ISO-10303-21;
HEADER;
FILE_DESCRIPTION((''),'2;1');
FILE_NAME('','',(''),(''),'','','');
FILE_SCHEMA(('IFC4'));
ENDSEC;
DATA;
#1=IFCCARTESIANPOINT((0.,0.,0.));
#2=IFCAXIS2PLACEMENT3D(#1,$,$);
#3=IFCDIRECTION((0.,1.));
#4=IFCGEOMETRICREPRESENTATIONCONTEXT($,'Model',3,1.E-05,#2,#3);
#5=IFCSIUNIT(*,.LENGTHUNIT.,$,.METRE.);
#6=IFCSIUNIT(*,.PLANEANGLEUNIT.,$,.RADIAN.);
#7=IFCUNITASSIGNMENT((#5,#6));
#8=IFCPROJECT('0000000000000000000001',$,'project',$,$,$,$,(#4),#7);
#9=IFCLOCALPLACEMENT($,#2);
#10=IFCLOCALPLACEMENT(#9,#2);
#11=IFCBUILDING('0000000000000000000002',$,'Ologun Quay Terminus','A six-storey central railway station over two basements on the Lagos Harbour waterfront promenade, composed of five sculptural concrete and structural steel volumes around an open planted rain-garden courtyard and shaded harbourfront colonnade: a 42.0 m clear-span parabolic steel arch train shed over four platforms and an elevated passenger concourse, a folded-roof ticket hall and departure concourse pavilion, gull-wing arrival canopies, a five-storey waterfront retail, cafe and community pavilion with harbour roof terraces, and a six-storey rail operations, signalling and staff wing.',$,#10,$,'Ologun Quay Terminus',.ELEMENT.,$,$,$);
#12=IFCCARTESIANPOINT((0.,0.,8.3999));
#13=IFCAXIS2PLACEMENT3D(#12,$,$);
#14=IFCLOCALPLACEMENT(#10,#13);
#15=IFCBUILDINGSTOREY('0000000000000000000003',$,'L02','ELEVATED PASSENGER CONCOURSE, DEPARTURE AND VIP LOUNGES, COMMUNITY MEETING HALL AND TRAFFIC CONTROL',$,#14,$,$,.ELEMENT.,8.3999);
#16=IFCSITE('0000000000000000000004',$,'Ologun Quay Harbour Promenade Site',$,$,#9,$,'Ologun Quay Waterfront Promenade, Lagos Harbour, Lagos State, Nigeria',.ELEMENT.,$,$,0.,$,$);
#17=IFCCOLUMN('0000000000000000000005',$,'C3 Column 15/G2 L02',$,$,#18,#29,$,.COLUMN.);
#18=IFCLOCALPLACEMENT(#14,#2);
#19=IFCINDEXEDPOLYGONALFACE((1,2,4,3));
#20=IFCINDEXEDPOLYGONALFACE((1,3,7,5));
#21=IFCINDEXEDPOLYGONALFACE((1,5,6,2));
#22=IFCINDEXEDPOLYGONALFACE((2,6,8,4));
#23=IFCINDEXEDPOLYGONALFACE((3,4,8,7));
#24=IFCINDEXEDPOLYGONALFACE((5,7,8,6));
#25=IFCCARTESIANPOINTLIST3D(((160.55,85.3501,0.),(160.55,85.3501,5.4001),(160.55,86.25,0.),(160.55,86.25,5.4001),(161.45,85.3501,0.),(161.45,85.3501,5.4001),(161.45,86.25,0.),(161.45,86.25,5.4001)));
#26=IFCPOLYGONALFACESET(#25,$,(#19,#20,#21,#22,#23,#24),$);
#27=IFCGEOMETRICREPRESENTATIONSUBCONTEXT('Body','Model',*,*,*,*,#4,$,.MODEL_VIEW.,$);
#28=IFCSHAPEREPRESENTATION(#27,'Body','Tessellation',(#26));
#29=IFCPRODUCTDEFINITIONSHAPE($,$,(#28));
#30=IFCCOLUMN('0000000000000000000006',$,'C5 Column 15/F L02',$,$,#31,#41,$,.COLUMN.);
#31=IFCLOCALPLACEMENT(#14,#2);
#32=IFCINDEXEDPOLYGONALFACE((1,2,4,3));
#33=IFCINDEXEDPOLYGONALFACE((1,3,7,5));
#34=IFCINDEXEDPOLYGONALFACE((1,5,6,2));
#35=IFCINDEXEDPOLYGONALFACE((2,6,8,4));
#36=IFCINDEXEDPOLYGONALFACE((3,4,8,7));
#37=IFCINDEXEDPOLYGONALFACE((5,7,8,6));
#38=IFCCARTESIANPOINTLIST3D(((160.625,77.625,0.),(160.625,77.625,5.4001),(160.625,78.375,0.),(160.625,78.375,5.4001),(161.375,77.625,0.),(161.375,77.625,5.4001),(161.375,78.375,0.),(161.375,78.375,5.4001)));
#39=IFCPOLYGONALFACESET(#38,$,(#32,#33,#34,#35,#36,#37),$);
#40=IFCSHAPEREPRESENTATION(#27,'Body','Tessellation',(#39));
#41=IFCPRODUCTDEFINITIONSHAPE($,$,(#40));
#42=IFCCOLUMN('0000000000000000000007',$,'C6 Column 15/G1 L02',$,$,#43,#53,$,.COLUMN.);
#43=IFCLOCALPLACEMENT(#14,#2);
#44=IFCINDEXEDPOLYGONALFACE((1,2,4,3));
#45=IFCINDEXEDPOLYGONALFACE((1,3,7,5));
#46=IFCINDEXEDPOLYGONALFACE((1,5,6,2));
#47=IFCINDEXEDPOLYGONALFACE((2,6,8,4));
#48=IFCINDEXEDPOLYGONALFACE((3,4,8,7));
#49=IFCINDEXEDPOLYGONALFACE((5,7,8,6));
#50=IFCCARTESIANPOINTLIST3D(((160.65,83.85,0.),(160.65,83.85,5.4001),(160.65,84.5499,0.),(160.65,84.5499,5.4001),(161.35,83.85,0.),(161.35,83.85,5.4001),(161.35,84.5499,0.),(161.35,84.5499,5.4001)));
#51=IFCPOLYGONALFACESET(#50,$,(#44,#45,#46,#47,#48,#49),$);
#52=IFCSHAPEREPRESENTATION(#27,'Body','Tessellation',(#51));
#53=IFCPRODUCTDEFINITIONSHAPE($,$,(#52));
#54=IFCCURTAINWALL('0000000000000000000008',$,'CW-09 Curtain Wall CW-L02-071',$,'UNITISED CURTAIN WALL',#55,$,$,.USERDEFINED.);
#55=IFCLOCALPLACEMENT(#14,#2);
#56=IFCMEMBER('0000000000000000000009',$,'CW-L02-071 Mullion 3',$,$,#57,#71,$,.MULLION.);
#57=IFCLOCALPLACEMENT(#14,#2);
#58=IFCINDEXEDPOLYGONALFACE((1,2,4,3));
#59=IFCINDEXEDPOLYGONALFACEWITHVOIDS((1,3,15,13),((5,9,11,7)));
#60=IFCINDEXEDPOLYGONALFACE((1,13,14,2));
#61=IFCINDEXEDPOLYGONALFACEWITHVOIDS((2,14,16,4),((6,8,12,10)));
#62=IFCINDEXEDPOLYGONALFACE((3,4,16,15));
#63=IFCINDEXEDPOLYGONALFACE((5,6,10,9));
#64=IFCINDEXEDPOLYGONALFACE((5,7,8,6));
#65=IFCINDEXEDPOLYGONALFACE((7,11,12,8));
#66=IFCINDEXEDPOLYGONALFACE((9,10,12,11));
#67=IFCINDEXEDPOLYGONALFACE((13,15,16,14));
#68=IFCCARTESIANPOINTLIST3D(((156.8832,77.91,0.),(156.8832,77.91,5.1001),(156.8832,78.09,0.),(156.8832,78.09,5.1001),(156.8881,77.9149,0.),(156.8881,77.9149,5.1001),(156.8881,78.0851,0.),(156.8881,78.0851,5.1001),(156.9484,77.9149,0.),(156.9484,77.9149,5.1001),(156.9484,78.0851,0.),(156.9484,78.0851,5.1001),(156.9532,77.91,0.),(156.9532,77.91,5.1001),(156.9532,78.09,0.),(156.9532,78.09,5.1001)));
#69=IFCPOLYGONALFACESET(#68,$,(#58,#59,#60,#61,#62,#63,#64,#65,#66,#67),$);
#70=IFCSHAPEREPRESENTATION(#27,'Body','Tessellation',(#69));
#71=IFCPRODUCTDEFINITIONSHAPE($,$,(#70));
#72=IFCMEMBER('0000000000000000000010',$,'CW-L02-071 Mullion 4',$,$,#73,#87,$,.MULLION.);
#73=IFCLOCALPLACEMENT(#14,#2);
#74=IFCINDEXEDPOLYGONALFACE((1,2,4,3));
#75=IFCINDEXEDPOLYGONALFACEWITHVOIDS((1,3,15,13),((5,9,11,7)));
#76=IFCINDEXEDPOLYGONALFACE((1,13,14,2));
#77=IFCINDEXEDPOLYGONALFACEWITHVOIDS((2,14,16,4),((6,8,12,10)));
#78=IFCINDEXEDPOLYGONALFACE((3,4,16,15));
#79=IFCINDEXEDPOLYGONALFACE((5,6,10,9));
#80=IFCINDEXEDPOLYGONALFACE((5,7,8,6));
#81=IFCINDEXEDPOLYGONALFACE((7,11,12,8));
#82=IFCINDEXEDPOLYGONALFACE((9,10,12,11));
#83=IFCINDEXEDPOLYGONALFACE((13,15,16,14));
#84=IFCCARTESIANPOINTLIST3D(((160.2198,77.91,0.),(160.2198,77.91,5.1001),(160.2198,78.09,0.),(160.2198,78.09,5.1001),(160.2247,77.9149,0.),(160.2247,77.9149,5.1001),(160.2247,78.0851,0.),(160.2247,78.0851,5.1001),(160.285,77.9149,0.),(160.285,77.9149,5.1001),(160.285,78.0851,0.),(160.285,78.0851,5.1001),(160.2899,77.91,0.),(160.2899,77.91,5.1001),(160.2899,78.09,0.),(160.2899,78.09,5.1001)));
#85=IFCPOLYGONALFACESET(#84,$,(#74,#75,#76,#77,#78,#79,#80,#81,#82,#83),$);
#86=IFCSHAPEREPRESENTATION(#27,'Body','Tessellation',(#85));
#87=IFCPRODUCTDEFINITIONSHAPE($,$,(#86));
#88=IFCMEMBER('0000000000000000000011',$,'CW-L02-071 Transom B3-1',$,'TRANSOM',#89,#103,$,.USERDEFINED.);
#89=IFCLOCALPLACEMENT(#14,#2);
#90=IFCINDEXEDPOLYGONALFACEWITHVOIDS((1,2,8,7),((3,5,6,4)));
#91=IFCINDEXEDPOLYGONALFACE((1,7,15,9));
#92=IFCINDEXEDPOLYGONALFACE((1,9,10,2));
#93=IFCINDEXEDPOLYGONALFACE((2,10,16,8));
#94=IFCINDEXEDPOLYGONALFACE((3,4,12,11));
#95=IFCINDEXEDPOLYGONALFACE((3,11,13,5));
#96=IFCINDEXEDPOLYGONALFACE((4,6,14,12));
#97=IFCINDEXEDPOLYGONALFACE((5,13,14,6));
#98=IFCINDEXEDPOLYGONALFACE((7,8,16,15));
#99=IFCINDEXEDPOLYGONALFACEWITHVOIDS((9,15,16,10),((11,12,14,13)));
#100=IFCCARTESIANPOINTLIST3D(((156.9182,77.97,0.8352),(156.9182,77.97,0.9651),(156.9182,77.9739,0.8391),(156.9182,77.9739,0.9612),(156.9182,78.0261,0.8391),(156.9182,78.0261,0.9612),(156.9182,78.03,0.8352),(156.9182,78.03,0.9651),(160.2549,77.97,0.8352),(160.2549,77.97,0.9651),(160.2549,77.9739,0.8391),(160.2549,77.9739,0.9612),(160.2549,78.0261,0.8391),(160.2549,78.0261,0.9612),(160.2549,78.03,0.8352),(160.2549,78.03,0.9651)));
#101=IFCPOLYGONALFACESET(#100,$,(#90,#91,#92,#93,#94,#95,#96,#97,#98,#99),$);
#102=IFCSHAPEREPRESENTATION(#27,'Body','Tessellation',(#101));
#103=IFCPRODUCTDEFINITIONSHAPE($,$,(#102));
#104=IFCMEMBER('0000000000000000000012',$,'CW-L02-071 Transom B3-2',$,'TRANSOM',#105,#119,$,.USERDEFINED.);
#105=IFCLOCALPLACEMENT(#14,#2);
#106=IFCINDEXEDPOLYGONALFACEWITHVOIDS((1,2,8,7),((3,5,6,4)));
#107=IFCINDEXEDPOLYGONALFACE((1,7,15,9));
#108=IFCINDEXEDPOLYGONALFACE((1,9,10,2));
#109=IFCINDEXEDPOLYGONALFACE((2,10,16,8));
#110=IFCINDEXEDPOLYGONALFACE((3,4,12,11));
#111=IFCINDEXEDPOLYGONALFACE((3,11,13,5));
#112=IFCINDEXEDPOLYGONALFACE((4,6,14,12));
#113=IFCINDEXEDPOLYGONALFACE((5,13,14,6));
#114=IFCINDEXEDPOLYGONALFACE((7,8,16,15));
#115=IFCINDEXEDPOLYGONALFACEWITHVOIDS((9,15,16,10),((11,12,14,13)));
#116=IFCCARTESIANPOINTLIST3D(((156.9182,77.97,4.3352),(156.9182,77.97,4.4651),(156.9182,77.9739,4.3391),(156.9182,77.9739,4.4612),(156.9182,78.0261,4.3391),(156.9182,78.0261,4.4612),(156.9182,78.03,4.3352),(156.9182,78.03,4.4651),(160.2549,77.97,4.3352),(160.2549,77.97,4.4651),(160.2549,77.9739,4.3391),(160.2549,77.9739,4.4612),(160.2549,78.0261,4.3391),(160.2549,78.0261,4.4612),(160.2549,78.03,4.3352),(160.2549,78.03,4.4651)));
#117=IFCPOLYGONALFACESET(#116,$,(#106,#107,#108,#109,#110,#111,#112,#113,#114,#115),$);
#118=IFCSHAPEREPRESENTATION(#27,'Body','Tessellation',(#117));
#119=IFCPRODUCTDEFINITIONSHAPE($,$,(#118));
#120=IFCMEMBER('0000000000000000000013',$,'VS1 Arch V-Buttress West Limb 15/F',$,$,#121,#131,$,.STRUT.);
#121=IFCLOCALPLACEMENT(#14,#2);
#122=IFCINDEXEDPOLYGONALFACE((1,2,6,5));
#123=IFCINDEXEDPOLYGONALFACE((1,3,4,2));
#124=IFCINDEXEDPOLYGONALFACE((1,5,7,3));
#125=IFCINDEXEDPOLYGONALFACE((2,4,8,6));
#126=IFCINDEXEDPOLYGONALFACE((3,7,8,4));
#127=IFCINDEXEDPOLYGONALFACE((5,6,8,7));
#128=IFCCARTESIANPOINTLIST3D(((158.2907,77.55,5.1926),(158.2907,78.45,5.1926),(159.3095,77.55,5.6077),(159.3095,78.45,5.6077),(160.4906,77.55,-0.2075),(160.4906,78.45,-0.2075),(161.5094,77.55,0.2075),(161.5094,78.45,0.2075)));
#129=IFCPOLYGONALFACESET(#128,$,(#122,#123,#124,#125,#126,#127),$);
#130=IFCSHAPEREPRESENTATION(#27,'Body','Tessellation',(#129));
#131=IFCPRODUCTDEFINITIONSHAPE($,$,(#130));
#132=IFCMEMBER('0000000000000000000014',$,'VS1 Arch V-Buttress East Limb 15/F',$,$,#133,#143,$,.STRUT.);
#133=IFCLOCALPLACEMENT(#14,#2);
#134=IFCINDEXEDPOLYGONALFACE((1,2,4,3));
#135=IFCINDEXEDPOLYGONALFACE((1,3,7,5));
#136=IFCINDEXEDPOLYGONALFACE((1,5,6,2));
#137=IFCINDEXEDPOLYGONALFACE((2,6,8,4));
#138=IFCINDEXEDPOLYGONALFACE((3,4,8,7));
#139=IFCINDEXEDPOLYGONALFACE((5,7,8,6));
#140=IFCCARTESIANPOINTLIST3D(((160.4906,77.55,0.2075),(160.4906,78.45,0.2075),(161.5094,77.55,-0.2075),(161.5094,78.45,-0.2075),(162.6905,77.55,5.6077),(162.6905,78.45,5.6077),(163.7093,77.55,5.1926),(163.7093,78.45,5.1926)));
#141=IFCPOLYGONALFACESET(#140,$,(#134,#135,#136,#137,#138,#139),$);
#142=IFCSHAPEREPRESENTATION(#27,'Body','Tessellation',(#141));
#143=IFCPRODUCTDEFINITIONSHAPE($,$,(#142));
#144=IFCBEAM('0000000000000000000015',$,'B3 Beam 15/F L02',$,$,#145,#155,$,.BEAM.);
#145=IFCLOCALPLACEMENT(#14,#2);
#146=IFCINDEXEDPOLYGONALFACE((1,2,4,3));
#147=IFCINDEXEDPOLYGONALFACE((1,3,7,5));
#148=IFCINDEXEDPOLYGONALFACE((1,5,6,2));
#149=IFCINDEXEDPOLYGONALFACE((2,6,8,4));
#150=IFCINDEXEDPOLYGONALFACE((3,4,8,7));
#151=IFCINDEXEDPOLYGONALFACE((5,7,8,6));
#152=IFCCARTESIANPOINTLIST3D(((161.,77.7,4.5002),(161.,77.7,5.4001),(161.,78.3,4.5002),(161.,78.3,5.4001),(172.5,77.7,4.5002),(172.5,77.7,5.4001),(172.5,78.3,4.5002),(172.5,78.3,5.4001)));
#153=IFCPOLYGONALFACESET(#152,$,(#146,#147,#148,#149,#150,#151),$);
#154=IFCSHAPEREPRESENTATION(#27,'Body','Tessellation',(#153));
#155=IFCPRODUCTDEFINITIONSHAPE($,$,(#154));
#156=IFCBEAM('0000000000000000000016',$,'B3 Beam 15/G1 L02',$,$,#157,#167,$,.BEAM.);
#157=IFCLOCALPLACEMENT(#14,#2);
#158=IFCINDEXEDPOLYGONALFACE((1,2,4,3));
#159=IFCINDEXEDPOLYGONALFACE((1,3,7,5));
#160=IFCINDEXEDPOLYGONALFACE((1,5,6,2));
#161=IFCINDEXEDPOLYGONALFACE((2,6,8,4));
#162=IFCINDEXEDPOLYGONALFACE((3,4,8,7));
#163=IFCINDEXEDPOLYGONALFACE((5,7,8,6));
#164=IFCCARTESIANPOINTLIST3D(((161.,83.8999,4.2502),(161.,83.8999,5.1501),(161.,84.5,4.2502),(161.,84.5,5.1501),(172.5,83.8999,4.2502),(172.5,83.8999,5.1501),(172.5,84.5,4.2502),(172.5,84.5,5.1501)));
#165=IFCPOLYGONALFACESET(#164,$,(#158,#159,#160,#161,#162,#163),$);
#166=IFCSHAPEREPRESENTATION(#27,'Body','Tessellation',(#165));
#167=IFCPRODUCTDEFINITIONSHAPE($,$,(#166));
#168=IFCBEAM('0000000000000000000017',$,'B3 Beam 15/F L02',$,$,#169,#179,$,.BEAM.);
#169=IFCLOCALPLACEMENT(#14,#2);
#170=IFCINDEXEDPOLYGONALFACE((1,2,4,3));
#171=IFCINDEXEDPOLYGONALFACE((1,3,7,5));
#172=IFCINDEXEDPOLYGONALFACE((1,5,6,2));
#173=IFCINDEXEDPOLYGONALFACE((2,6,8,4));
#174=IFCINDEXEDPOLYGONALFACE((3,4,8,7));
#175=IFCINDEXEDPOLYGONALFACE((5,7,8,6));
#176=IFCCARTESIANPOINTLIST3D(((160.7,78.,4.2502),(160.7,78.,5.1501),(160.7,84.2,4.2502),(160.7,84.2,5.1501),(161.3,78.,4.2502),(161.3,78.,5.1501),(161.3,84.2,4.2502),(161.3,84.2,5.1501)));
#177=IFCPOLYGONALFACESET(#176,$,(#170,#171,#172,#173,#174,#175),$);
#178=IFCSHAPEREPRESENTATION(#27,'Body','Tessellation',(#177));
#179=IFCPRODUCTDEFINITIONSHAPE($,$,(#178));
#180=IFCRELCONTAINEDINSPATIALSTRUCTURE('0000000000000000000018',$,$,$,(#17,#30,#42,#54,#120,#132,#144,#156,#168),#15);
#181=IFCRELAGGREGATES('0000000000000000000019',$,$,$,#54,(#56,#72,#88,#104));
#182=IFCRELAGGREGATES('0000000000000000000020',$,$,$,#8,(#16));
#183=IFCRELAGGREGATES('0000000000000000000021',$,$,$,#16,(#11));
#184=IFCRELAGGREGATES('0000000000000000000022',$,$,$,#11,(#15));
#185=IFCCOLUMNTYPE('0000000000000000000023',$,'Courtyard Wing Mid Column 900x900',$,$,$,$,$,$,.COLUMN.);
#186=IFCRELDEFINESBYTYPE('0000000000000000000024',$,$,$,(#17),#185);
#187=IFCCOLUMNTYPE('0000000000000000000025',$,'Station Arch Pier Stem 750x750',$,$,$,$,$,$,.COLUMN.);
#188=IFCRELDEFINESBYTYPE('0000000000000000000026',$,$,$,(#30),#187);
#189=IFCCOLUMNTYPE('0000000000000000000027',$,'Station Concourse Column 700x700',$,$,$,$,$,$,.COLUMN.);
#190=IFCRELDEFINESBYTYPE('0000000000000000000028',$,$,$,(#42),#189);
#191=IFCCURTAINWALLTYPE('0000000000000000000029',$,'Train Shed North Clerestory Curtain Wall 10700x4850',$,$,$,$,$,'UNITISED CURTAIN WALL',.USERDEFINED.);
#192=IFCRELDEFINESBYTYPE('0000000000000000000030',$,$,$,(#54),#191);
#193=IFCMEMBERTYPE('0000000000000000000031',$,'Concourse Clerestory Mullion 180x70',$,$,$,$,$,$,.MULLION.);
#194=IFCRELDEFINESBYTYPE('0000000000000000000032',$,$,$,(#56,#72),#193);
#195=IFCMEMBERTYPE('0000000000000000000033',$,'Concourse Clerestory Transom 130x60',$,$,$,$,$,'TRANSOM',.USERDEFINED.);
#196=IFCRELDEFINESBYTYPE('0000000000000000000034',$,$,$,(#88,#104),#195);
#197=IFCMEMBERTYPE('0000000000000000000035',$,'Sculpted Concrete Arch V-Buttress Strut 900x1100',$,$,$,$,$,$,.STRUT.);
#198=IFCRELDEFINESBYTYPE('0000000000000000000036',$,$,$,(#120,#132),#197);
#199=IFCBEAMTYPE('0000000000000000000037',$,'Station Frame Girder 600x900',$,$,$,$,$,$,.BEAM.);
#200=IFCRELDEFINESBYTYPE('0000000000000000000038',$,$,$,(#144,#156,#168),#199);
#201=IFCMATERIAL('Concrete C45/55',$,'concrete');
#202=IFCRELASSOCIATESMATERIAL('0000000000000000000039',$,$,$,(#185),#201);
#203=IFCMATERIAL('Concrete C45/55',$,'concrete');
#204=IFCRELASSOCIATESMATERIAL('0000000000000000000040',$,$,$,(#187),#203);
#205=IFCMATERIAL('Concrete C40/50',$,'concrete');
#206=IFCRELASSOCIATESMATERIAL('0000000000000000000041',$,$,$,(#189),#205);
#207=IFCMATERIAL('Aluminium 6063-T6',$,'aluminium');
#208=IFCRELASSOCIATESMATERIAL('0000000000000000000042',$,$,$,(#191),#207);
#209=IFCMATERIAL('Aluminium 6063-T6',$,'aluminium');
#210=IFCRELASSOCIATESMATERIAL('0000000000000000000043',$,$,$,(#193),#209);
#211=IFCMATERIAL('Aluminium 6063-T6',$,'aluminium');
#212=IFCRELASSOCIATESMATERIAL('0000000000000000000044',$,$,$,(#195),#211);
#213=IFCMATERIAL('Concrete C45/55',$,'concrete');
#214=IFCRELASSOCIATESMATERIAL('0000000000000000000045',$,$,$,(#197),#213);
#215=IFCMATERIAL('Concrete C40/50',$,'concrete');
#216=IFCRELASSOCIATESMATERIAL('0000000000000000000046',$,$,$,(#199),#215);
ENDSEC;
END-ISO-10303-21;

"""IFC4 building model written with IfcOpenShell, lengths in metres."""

from ifc_helpers import new_model, si_unit, direction, frame, origin, origin_2d, place, context, subcontext, project, spatial, rectangle, hollow_rectangle, extrude, material, material_profile, profile_set, type_object, element, aggregate, save


model = new_model("IFC4")

# Units and contexts
model_context = context("Model", 3, precision=1e-05, world=origin(), true_north=direction((0.0, 1.0)))
body_context = subcontext(model_context, "Body", "Model", "MODEL_VIEW")
ifc_project = project(units=[si_unit("LENGTHUNIT", "METRE"), si_unit("PLANEANGLEUNIT", "RADIAN")], contexts=[model_context])

# Site, building, storey
site_placement = place(None, origin())
site = spatial("IfcSite", under=ifc_project, at=site_placement, Name="Ologun Quay Harbour Promenade Site", LongName="Ologun Quay Waterfront Promenade, Lagos Harbour, Lagos State, Nigeria", CompositionType="ELEMENT", RefElevation=0.0)
building_placement = place(site_placement, origin())
building = spatial("IfcBuilding", under=site, at=building_placement, Name="Ologun Quay Terminus", Description="A six-storey central railway station over two basements on the Lagos Harbour waterfront promenade, composed of five sculptural concrete and structural steel volumes around an open planted rain-garden courtyard and shaded harbourfront colonnade: a 42.0 m clear-span parabolic steel arch train shed over four platforms and an elevated passenger concourse, a folded-roof ticket hall and departure concourse pavilion, gull-wing arrival canopies, a five-storey waterfront retail, cafe and community pavilion with harbour roof terraces, and a six-storey rail operations, signalling and staff wing.", LongName="Ologun Quay Terminus", CompositionType="ELEMENT")
storey_placement = place(building_placement, frame((0.0, 0.0, 8.3999)))
storey = spatial("IfcBuildingStorey", under=building, at=storey_placement, Name="L02", Description="ELEVATED PASSENGER CONCOURSE, DEPARTURE AND VIP LOUNGES, COMMUNITY MEETING HALL AND TRAFFIC CONTROL", CompositionType="ELEMENT", Elevation=8.3999)

# Columns
ifc_material_1 = material(Name="Concrete C45/55", Category="concrete")
ifc_material_profile_1 = material_profile(ifc_material_1, rectangle(XDim=0.8999, YDim=0.8999, at=origin_2d()), Name="RC 900x900")
ifc_profile_set_1 = profile_set([ifc_material_profile_1], Name="Concrete C45/55")
column_type_1 = type_object("IfcColumnType", Name="Courtyard Wing Mid Column 900x900", PredefinedType="COLUMN", material=ifc_profile_set_1)
column_1_placement = place(storey_placement, frame((161.0, 85.8, 0.0), z_axis=(0.0, 0.0, 1.0), x_axis=(1.0, 0.0, 0.0)))
element("IfcColumn", 1, at=column_1_placement, inside=storey, type_object=column_type_1, Name="C3 Column 15/G2 L02", PredefinedType="COLUMN", context=body_context, shape_type="SweptSolid", body=[
    extrude(rectangle(XDim=0.8999, YDim=0.8999, at=origin_2d()), origin(), (0.0, 0.0, 1.0), 5.4001),
])
ifc_material_2 = material(Name="Concrete C45/55", Category="concrete")
ifc_material_profile_2 = material_profile(ifc_material_2, rectangle(XDim=0.75, YDim=0.75, at=origin_2d()), Name="RC 750x750")
ifc_profile_set_2 = profile_set([ifc_material_profile_2], Name="Concrete C45/55")
column_type_2 = type_object("IfcColumnType", Name="Station Arch Pier Stem 750x750", PredefinedType="COLUMN", material=ifc_profile_set_2)
column_2_placement = place(storey_placement, frame((161.0, 78.0, 0.0), z_axis=(0.0, 0.0, 1.0), x_axis=(1.0, 0.0, 0.0)))
element("IfcColumn", 2, at=column_2_placement, inside=storey, type_object=column_type_2, Name="C5 Column 15/F L02", PredefinedType="COLUMN", context=body_context, shape_type="SweptSolid", body=[
    extrude(rectangle(XDim=0.75, YDim=0.75, at=origin_2d()), origin(), (0.0, 0.0, 1.0), 5.4001),
])
ifc_material_3 = material(Name="Concrete C40/50", Category="concrete")
ifc_material_profile_3 = material_profile(ifc_material_3, rectangle(XDim=0.7, YDim=0.7, at=origin_2d()), Name="RC 700x700")
ifc_profile_set_3 = profile_set([ifc_material_profile_3], Name="Concrete C40/50")
column_type_3 = type_object("IfcColumnType", Name="Station Concourse Column 700x700", PredefinedType="COLUMN", material=ifc_profile_set_3)
column_3_placement = place(storey_placement, frame((161.0, 84.2, 0.0), z_axis=(0.0, 0.0, 1.0), x_axis=(1.0, 0.0, 0.0)))
element("IfcColumn", 3, at=column_3_placement, inside=storey, type_object=column_type_3, Name="C6 Column 15/G1 L02", PredefinedType="COLUMN", context=body_context, shape_type="SweptSolid", body=[
    extrude(rectangle(XDim=0.7, YDim=0.7, at=origin_2d()), origin(), (0.0, 0.0, 1.0), 5.4001),
])

# Curtain wall, members
ifc_material_4 = material(Name="Aluminium 6063-T6", Category="aluminium")
curtain_wall_type = type_object("IfcCurtainWallType", Name="Train Shed North Clerestory Curtain Wall 10700x4850", ElementType="UNITISED CURTAIN WALL", PredefinedType="USERDEFINED", material=ifc_material_4)
curtain_wall_placement = place(storey_placement, origin())
curtain_wall = element("IfcCurtainWall", 4, at=curtain_wall_placement, inside=storey, type_object=curtain_wall_type, Name="CW-09 Curtain Wall CW-L02-071", ObjectType="UNITISED CURTAIN WALL", PredefinedType="USERDEFINED")
ifc_material_5 = material(Name="Aluminium 6063-T6", Category="aluminium")
ifc_material_profile_4 = material_profile(ifc_material_5, hollow_rectangle(XDim=0.0701, YDim=0.1799, WallThickness=0.0049, at=origin_2d()), Name="ALU 180x70x5")
ifc_profile_set_4 = profile_set([ifc_material_profile_4], Name="Aluminium 6063-T6")
member_type_1 = type_object("IfcMemberType", Name="Concourse Clerestory Mullion 180x70", PredefinedType="MULLION", material=ifc_profile_set_4)
member_1_placement = place(storey_placement, frame((156.9182, 78.0, 0.0), z_axis=(0.0, 0.0, 1.0), x_axis=(1.0, 0.0, 0.0)))
member_1 = element("IfcMember", 5, at=member_1_placement, type_object=member_type_1, Name="CW-L02-071 Mullion 3", PredefinedType="MULLION", context=body_context, shape_type="SweptSolid", body=[
    extrude(hollow_rectangle(XDim=0.0701, YDim=0.1799, WallThickness=0.0049, at=origin_2d()), origin(), (0.0, 0.0, 1.0), 5.1001),
])
member_2_placement = place(storey_placement, frame((160.2549, 78.0, 0.0), z_axis=(0.0, 0.0, 1.0), x_axis=(1.0, 0.0, 0.0)))
member_2 = element("IfcMember", 6, at=member_2_placement, type_object=member_type_1, Name="CW-L02-071 Mullion 4", PredefinedType="MULLION", context=body_context, shape_type="SweptSolid", body=[
    extrude(hollow_rectangle(XDim=0.0701, YDim=0.1799, WallThickness=0.0049, at=origin_2d()), origin(), (0.0, 0.0, 1.0), 5.1001),
])
ifc_material_6 = material(Name="Aluminium 6063-T6", Category="aluminium")
ifc_material_profile_5 = material_profile(ifc_material_6, hollow_rectangle(XDim=0.0601, YDim=0.1299, WallThickness=0.0039, at=origin_2d()), Name="ALU 130x60x4")
ifc_profile_set_5 = profile_set([ifc_material_profile_5], Name="Aluminium 6063-T6")
member_type_2 = type_object("IfcMemberType", Name="Concourse Clerestory Transom 130x60", ElementType="TRANSOM", PredefinedType="USERDEFINED", material=ifc_profile_set_5)
member_3_placement = place(storey_placement, frame((156.9182, 78.0, 0.9001), z_axis=(1.0, 0.0, 0.0), x_axis=(0.0, 1.0, 0.0)))
member_3 = element("IfcMember", 7, at=member_3_placement, type_object=member_type_2, Name="CW-L02-071 Transom B3-1", ObjectType="TRANSOM", PredefinedType="USERDEFINED", context=body_context, shape_type="SweptSolid", body=[
    extrude(hollow_rectangle(XDim=0.0601, YDim=0.1299, WallThickness=0.0039, at=origin_2d()), origin(), (0.0, 0.0, 1.0), 3.3367),
])
member_4_placement = place(storey_placement, frame((156.9182, 78.0, 4.4001), z_axis=(1.0, 0.0, 0.0), x_axis=(0.0, 1.0, 0.0)))
member_4 = element("IfcMember", 8, at=member_4_placement, type_object=member_type_2, Name="CW-L02-071 Transom B3-2", ObjectType="TRANSOM", PredefinedType="USERDEFINED", context=body_context, shape_type="SweptSolid", body=[
    extrude(hollow_rectangle(XDim=0.0601, YDim=0.1299, WallThickness=0.0039, at=origin_2d()), origin(), (0.0, 0.0, 1.0), 3.3367),
])

# Members
ifc_material_7 = material(Name="Concrete C45/55", Category="concrete")
ifc_material_profile_6 = material_profile(ifc_material_7, rectangle(XDim=0.8999, YDim=1.1001, at=origin_2d()), Name="RC 900x1100")
ifc_profile_set_6 = profile_set([ifc_material_profile_6], Name="Concrete C45/55")
member_type_3 = type_object("IfcMemberType", Name="Sculpted Concrete Arch V-Buttress Strut 900x1100", PredefinedType="STRUT", material=ifc_profile_set_6)
for number, where, z_axis, x_axis, name in (
    (9, (161.0, 78.0, 0.0), (-0.377281, 0.0, 0.926099), (0.0, -1.0, 0.0), "VS1 Arch V-Buttress West Limb 15/F"),
    (10, (161.0, 78.0, 0.0), (0.377281, 0.0, 0.926099), (0.0, 1.0, 0.0), "VS1 Arch V-Buttress East Limb 15/F"),
):
    element("IfcMember", number, at=place(storey_placement, frame(where, z_axis=z_axis, x_axis=x_axis)), inside=storey, type_object=member_type_3, Name=name, PredefinedType="STRUT", context=body_context, shape_type="SweptSolid", body=[
        extrude(rectangle(XDim=0.8999, YDim=1.1001, at=origin_2d()), origin(), (0.0, 0.0, 1.0), 5.8311),
    ])

# Beams
ifc_material_8 = material(Name="Concrete C40/50", Category="concrete")
ifc_material_profile_7 = material_profile(ifc_material_8, rectangle(XDim=0.6001, YDim=0.8999, at=origin_2d()), Name="RC 600x900")
ifc_profile_set_7 = profile_set([ifc_material_profile_7], Name="Concrete C40/50")
beam_type_1 = type_object("IfcBeamType", Name="Station Frame Girder 600x900", PredefinedType="BEAM", material=ifc_profile_set_7)
for number, where, z_axis, x_axis, name in (
    (11, (161.0, 78.0, 4.9502), (1.0, 0.0, 0.0), (0.0, 1.0, 0.0), "B3 Beam 15/F L02"),
    (12, (161.0, 84.2, 4.7002), (1.0, 0.0, 0.0), (0.0, 1.0, 0.0), "B3 Beam 15/G1 L02"),
):
    element("IfcBeam", number, at=place(storey_placement, frame(where, z_axis=z_axis, x_axis=x_axis)), inside=storey, type_object=beam_type_1, Name=name, PredefinedType="BEAM", context=body_context, shape_type="SweptSolid", body=[
        extrude(rectangle(XDim=0.6001, YDim=0.8999, at=origin_2d()), origin(), (0.0, 0.0, 1.0), 11.5),
    ])
beam_1_placement = place(storey_placement, frame((161.0, 78.0, 4.7002), z_axis=(0.0, 1.0, 0.0), x_axis=(-1.0, 0.0, 0.0)))
element("IfcBeam", 13, at=beam_1_placement, inside=storey, type_object=beam_type_1, Name="B3 Beam 15/F L02", PredefinedType="BEAM", context=body_context, shape_type="SweptSolid", body=[
    extrude(rectangle(XDim=0.6001, YDim=0.8999, at=origin_2d()), origin(), (0.0, 0.0, 1.0), 6.2),
])

aggregate(curtain_wall, [member_1, member_2, member_3, member_4])

save(model, "model.ifc")
